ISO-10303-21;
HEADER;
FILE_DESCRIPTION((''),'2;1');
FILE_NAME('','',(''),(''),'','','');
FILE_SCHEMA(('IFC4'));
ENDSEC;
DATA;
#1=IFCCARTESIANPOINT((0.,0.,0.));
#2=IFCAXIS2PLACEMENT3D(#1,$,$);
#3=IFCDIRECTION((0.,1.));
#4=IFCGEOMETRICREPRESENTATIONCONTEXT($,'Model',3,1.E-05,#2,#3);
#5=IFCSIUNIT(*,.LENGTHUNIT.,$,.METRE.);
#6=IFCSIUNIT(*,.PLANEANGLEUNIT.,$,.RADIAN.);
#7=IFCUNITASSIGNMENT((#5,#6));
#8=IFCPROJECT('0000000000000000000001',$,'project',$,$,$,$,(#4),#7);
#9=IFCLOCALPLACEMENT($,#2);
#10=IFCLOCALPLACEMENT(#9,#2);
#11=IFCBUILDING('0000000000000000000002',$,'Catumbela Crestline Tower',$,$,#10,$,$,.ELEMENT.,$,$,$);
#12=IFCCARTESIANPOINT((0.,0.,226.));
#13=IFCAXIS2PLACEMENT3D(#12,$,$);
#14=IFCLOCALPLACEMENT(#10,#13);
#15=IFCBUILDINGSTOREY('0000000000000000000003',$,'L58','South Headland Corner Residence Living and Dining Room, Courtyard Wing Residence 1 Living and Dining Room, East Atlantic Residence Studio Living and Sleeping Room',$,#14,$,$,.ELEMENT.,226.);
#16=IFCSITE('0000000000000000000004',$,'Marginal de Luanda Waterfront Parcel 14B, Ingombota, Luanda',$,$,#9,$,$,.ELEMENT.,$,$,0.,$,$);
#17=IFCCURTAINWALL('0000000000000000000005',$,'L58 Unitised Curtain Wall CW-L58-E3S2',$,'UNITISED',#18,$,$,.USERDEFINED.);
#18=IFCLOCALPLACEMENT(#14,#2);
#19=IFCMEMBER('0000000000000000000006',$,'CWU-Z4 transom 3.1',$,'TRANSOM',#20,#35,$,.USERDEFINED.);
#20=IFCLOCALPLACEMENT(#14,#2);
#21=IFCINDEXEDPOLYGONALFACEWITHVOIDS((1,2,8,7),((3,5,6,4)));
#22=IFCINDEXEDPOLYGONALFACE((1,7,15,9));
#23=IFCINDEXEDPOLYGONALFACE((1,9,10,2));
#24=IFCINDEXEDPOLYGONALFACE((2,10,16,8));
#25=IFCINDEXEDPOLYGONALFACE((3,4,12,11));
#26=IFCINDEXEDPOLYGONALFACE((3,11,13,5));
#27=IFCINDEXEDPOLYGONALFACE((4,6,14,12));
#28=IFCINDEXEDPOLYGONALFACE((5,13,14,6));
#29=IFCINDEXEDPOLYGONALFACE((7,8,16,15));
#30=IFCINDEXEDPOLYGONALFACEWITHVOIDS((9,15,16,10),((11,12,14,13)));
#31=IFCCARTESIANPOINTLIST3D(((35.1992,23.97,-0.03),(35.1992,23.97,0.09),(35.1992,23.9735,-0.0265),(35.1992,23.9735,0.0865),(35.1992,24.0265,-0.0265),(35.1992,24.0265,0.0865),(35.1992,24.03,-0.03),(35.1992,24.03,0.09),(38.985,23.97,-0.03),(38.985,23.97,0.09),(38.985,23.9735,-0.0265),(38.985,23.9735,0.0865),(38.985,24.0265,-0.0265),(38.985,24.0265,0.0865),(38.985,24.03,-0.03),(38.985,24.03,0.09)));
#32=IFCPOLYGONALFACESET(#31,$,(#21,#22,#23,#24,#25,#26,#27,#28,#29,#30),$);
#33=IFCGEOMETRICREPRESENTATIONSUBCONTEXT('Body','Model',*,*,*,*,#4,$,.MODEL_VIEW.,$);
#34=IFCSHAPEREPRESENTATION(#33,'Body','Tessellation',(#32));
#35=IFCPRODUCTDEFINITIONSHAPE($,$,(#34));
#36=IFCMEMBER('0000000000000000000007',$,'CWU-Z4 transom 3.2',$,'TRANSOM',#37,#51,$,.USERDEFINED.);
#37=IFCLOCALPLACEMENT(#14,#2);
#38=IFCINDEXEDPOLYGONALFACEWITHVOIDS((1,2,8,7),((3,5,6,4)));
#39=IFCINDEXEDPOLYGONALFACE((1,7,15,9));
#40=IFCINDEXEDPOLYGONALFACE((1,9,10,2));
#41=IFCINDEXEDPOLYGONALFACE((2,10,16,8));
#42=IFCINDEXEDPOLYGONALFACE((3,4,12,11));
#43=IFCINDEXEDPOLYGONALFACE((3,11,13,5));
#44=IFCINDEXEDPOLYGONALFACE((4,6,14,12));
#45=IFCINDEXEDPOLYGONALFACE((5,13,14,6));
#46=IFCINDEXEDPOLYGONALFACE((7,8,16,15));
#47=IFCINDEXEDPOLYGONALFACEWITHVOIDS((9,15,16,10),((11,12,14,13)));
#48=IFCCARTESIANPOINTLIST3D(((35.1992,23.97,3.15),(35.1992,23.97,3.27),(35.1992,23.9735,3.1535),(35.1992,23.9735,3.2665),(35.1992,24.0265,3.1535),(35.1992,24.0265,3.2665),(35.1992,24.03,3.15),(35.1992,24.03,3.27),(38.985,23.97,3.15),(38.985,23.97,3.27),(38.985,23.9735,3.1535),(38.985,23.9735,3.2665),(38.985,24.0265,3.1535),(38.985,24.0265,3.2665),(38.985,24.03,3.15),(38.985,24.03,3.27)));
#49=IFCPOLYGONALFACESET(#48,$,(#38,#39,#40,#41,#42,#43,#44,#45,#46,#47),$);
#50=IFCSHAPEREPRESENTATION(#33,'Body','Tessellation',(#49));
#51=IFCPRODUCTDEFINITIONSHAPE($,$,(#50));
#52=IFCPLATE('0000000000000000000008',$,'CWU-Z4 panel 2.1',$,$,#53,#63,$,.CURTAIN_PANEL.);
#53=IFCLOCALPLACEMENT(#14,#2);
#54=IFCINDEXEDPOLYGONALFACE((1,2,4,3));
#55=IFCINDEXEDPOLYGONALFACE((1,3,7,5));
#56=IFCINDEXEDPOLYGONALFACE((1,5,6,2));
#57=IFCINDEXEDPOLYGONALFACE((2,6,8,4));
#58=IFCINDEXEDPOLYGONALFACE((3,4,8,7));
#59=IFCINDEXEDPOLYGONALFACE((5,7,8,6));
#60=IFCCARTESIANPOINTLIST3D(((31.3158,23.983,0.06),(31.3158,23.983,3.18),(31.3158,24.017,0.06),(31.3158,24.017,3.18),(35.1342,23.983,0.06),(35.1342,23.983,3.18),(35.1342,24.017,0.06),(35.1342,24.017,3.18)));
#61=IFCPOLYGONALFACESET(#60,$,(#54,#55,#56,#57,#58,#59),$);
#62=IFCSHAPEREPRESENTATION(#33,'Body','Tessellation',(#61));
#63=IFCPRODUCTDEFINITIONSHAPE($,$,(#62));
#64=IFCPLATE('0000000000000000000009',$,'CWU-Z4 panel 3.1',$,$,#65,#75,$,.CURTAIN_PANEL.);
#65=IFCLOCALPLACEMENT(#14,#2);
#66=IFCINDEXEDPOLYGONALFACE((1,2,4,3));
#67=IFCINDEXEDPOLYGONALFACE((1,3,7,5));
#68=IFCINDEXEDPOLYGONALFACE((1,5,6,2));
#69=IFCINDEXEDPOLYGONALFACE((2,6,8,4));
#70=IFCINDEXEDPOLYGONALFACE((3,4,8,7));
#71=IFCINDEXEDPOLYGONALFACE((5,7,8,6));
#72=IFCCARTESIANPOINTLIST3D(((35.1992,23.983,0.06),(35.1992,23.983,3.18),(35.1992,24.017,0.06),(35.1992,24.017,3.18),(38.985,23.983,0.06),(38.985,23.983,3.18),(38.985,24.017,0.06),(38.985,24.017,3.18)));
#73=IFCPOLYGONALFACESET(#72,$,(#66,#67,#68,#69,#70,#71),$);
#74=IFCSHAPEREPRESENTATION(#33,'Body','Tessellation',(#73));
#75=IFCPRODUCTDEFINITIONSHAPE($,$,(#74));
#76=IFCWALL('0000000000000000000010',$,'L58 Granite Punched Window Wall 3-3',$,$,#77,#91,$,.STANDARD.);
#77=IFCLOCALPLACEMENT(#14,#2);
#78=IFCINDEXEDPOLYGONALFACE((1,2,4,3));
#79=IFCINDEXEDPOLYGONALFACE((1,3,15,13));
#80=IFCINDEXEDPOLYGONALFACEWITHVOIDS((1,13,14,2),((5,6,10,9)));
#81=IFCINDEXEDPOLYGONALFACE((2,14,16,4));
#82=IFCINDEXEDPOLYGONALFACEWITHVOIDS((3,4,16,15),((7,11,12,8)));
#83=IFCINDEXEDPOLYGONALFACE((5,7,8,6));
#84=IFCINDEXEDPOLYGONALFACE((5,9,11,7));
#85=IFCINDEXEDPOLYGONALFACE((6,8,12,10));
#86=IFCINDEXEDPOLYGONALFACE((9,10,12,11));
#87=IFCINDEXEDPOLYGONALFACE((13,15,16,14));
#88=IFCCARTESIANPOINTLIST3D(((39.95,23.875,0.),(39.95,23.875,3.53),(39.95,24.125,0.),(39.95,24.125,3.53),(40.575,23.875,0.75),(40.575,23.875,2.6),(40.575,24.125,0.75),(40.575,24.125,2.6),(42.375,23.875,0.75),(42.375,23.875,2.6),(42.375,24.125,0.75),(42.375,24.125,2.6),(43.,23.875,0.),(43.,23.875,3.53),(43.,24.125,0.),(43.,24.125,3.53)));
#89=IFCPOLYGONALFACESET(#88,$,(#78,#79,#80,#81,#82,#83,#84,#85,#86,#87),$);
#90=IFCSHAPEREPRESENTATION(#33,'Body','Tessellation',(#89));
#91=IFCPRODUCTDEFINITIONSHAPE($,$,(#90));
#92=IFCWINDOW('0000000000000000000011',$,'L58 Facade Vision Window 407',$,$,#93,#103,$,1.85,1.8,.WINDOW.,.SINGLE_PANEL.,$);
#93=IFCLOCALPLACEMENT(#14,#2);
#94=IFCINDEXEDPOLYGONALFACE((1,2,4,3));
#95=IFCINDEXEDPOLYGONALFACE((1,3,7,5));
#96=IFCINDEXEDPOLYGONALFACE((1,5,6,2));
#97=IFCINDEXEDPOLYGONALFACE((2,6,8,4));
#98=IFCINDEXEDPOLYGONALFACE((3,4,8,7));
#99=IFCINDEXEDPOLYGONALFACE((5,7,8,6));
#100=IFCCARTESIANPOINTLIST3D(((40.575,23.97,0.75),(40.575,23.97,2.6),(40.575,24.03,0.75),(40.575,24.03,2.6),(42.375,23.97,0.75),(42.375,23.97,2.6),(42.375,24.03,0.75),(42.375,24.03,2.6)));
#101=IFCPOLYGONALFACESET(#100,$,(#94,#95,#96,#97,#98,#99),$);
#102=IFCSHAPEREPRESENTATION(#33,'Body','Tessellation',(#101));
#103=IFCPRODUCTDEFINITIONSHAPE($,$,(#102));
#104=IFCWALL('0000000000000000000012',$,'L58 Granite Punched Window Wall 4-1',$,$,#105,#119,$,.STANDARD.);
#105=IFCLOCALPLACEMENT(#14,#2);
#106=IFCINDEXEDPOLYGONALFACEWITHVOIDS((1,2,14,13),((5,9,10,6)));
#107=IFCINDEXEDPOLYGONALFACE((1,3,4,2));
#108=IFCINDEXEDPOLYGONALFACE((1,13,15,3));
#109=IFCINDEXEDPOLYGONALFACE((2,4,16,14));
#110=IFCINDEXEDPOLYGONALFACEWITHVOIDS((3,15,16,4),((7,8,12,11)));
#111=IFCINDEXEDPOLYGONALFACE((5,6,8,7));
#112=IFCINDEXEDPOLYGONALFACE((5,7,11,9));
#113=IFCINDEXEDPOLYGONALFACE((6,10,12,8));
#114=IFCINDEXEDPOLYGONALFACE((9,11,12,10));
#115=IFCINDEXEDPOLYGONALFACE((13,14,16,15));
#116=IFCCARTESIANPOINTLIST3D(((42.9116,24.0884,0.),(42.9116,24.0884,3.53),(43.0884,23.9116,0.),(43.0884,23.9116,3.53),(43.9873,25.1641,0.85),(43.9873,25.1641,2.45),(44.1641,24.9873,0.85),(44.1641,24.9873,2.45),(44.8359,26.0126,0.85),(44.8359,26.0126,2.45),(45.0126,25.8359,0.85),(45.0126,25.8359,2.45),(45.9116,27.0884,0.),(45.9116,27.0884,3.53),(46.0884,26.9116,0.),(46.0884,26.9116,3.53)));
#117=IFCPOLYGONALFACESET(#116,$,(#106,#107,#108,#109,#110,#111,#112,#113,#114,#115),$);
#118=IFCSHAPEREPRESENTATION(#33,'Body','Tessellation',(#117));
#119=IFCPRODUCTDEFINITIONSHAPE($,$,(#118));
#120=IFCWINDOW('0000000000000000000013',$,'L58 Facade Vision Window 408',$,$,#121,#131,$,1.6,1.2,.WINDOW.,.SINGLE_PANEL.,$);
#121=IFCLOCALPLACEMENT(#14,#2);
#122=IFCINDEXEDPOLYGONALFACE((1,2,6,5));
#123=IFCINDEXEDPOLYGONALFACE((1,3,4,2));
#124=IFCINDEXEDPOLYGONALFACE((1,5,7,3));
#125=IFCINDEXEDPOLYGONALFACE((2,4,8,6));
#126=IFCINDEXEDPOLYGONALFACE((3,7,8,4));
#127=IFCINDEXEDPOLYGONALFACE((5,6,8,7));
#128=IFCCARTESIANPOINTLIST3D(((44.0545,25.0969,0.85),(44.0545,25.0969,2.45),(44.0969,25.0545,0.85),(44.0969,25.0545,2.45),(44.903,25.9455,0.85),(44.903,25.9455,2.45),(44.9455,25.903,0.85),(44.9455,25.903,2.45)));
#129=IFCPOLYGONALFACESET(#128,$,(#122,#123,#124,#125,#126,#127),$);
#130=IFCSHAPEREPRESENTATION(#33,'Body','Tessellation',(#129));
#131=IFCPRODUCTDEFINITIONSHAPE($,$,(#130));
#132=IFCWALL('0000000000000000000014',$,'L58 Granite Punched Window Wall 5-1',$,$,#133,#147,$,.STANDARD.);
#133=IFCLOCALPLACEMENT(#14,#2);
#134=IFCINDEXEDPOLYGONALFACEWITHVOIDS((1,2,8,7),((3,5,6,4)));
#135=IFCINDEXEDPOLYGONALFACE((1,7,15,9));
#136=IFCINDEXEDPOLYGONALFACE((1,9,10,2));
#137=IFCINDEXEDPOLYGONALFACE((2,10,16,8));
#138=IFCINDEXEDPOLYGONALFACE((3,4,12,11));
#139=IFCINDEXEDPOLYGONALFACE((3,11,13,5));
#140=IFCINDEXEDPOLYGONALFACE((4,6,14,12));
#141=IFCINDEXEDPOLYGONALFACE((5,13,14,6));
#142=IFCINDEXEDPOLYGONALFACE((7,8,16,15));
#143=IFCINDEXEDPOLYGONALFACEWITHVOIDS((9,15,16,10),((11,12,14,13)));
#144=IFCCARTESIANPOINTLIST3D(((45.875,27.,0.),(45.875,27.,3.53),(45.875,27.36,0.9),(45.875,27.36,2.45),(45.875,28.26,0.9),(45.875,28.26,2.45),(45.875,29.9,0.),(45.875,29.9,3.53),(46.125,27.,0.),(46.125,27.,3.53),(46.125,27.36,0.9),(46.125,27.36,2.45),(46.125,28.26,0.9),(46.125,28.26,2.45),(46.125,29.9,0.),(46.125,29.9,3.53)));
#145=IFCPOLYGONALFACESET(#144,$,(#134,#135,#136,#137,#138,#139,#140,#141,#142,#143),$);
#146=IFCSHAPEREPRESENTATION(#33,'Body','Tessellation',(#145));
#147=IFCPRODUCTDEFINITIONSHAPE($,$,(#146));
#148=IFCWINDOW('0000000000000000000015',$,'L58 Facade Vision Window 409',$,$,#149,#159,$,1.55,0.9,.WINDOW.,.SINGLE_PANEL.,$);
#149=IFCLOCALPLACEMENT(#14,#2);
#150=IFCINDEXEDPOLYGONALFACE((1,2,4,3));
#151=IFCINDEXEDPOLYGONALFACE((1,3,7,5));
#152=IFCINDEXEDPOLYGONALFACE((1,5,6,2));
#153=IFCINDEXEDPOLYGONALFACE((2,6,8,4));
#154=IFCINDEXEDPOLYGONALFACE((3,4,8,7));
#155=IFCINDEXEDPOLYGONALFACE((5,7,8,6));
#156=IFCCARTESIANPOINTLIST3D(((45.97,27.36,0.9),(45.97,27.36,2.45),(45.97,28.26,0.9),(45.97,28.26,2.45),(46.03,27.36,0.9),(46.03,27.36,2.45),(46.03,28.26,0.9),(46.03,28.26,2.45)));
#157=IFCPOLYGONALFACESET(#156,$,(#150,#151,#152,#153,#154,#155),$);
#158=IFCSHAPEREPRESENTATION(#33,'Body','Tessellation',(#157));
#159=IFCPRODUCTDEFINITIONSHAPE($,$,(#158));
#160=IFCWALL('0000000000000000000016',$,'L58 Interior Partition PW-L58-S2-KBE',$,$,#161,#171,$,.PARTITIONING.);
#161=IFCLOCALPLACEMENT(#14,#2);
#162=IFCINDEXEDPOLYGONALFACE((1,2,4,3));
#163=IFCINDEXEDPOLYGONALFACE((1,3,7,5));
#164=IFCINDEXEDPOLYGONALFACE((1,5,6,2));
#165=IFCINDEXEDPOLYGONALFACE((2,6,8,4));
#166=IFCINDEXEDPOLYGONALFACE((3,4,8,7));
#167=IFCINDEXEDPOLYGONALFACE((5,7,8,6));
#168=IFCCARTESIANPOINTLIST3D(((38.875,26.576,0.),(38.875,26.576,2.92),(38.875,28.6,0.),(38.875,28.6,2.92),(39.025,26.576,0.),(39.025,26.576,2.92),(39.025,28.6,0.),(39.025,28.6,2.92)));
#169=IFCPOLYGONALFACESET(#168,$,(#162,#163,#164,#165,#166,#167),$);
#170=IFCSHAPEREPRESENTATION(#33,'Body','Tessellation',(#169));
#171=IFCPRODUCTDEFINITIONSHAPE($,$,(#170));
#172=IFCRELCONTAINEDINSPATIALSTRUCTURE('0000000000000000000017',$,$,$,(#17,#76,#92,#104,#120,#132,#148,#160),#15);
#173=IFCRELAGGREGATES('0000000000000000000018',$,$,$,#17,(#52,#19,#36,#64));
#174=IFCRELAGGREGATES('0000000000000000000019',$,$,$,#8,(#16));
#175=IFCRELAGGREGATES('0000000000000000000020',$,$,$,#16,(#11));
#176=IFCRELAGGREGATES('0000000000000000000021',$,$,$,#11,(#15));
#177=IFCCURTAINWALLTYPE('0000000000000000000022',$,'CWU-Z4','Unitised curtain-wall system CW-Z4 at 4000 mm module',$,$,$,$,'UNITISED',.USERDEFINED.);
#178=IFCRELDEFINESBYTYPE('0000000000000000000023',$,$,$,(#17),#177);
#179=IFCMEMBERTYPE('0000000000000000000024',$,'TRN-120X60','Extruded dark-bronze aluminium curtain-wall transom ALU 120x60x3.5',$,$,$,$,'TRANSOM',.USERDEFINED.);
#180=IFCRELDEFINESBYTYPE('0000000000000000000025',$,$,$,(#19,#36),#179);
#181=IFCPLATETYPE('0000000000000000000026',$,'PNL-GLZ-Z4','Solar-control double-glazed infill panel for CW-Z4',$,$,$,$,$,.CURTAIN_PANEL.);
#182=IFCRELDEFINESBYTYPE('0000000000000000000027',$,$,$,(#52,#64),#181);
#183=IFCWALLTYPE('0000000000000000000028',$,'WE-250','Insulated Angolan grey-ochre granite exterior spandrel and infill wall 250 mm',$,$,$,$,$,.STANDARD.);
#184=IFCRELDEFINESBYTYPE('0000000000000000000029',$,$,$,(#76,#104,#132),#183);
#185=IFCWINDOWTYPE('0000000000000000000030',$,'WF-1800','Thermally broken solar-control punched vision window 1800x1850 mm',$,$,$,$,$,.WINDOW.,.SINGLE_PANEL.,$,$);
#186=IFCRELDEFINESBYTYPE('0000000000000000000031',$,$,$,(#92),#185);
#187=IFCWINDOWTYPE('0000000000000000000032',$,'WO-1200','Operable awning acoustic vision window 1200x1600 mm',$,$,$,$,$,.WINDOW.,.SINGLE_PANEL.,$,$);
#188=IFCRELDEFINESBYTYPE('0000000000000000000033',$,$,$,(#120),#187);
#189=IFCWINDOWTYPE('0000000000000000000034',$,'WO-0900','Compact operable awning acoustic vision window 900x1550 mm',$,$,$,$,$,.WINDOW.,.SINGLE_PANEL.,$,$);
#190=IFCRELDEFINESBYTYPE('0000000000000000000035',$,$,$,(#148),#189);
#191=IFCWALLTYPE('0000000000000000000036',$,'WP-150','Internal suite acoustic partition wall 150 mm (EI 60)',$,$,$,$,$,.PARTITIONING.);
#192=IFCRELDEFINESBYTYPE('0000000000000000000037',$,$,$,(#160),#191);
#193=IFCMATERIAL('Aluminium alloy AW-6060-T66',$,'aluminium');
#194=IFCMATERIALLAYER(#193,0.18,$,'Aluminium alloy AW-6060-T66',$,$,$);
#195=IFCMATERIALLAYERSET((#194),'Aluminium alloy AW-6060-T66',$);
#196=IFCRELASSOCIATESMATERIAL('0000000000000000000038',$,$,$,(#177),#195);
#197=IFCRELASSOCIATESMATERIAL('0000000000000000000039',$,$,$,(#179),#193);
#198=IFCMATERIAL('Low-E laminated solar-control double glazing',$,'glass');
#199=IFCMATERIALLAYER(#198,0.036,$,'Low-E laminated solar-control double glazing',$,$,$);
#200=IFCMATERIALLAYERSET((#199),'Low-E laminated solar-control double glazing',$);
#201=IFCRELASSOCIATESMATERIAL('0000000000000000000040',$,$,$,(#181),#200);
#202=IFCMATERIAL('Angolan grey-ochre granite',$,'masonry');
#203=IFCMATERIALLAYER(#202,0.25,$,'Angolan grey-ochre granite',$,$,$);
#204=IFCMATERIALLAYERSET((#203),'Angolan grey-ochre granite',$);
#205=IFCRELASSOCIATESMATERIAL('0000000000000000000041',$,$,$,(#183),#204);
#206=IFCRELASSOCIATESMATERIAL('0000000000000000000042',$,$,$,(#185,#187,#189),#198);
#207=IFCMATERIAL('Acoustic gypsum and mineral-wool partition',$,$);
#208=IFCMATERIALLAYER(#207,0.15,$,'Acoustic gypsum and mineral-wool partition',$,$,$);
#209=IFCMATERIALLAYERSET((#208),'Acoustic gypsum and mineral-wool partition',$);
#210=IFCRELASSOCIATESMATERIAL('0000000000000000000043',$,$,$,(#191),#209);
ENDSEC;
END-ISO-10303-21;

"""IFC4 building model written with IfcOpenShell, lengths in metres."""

from ifc_helpers import new_model, si_unit, direction, frame, frame_2d, origin, origin_2d, place, context, subcontext, project, spatial, rectangle, hollow_rectangle, extrude, material, layer, layer_set, material_profile, profile_set, type_object, element, fill, aggregate, save


model = new_model("IFC4")

# Units and contexts
model_context = context("Model", 3, precision=1e-05, world=origin(), true_north=direction((0.0, 1.0)))
body_context = subcontext(model_context, "Body", "Model", "MODEL_VIEW")
ifc_project = project(units=[si_unit("LENGTHUNIT", "METRE"), si_unit("PLANEANGLEUNIT", "RADIAN")], contexts=[model_context])

# Site, building, storey
site_placement = place(None, origin())
site = spatial("IfcSite", under=ifc_project, at=site_placement, Name="Marginal de Luanda Waterfront Parcel 14B, Ingombota, Luanda", CompositionType="ELEMENT", RefElevation=0.0)
building_placement = place(site_placement, origin())
building = spatial("IfcBuilding", under=site, at=building_placement, Name="Catumbela Crestline Tower", CompositionType="ELEMENT")
storey_placement = place(building_placement, frame((0.0, 0.0, 226.0)))
storey = spatial("IfcBuildingStorey", under=building, at=storey_placement, Name="L58", Description="South Headland Corner Residence Living and Dining Room, Courtyard Wing Residence 1 Living and Dining Room, East Atlantic Residence Studio Living and Sleeping Room", CompositionType="ELEMENT", Elevation=226.0)

# Curtain wall, members, plates
ifc_material_1 = material(Name="Aluminium alloy AW-6060-T66", Category="aluminium")
ifc_layer_1 = layer(ifc_material_1, 0.18, Name="Aluminium alloy AW-6060-T66")
ifc_layer_set_1 = layer_set([ifc_layer_1], Name="Aluminium alloy AW-6060-T66")
curtain_wall_type = type_object("IfcCurtainWallType", Name="CWU-Z4", Description="Unitised curtain-wall system CW-Z4 at 4000 mm module", ElementType="UNITISED", PredefinedType="USERDEFINED", material=ifc_layer_set_1)
curtain_wall_placement = place(storey_placement, origin())
curtain_wall = element("IfcCurtainWall", 1, at=curtain_wall_placement, inside=storey, type_object=curtain_wall_type, Name="L58 Unitised Curtain Wall CW-L58-E3S2", ObjectType="UNITISED", PredefinedType="USERDEFINED")
ifc_material_profile_1 = material_profile(ifc_material_1, hollow_rectangle(XDim=0.06, YDim=0.12, WallThickness=0.0035, at=origin_2d()), Name="ALU 120x60x3.5")
ifc_profile_set_1 = profile_set([ifc_material_profile_1], Name="Aluminium alloy AW-6060-T66")
member_type_1 = type_object("IfcMemberType", Name="TRN-120X60", Description="Extruded dark-bronze aluminium curtain-wall transom ALU 120x60x3.5", ElementType="TRANSOM", PredefinedType="USERDEFINED", material=ifc_profile_set_1)
member_1_placement = place(storey_placement, frame((35.1992, 24.0, 0.03), z_axis=(1.0, 0.0, 0.0), x_axis=(0.0, 1.0, 0.0)))
member_1 = element("IfcMember", 2, at=member_1_placement, type_object=member_type_1, Name="CWU-Z4 transom 3.1", ObjectType="TRANSOM", PredefinedType="USERDEFINED", context=body_context, shape_type="SweptSolid", body=[
    extrude(hollow_rectangle(XDim=0.06, YDim=0.12, WallThickness=0.0035, at=origin_2d()), origin(), (0.0, 0.0, 1.0), 3.7858),
])
member_2_placement = place(storey_placement, frame((35.1992, 24.0, 3.21), z_axis=(1.0, 0.0, 0.0), x_axis=(0.0, 1.0, 0.0)))
member_2 = element("IfcMember", 3, at=member_2_placement, type_object=member_type_1, Name="CWU-Z4 transom 3.2", ObjectType="TRANSOM", PredefinedType="USERDEFINED", context=body_context, shape_type="SweptSolid", body=[
    extrude(hollow_rectangle(XDim=0.06, YDim=0.12, WallThickness=0.0035, at=origin_2d()), origin(), (0.0, 0.0, 1.0), 3.7858),
])
ifc_material_2 = material(Name="Low-E laminated solar-control double glazing", Category="glass")
ifc_layer_2 = layer(ifc_material_2, 0.036, Name="Low-E laminated solar-control double glazing")
ifc_layer_set_2 = layer_set([ifc_layer_2], Name="Low-E laminated solar-control double glazing")
plate_type = type_object("IfcPlateType", Name="PNL-GLZ-Z4", Description="Solar-control double-glazed infill panel for CW-Z4", PredefinedType="CURTAIN_PANEL", material=ifc_layer_set_2)
plate_1_placement = place(storey_placement, frame((33.225, 24.0, 0.06), z_axis=(0.0, 0.0, 1.0), x_axis=(1.0, 0.0, 0.0)))
plate_1 = element("IfcPlate", 4, at=plate_1_placement, type_object=plate_type, Name="CWU-Z4 panel 2.1", PredefinedType="CURTAIN_PANEL", context=body_context, shape_type="SweptSolid", body=[
    extrude(rectangle(XDim=3.8183, YDim=0.034, at=origin_2d()), origin(), (0.0, 0.0, 1.0), 3.12),
])
plate_2_placement = place(storey_placement, frame((37.0921, 24.0, 0.06), z_axis=(0.0, 0.0, 1.0), x_axis=(1.0, 0.0, 0.0)))
plate_2 = element("IfcPlate", 5, at=plate_2_placement, type_object=plate_type, Name="CWU-Z4 panel 3.1", PredefinedType="CURTAIN_PANEL", context=body_context, shape_type="SweptSolid", body=[
    extrude(rectangle(XDim=3.7858, YDim=0.034, at=origin_2d()), origin(), (0.0, 0.0, 1.0), 3.12),
])
aggregate(curtain_wall, [plate_1, member_1, member_2, plate_2])

# Walls, openings, windows
ifc_material_3 = material(Name="Angolan grey-ochre granite", Category="masonry")
ifc_layer_3 = layer(ifc_material_3, 0.25, Name="Angolan grey-ochre granite")
ifc_layer_set_3 = layer_set([ifc_layer_3], Name="Angolan grey-ochre granite")
wall_type_1 = type_object("IfcWallType", Name="WE-250", Description="Insulated Angolan grey-ochre granite exterior spandrel and infill wall 250 mm", PredefinedType="STANDARD", material=ifc_layer_set_3)
wall_1_placement = place(storey_placement, frame((39.95, 24.0, 0.0), z_axis=(0.0, 0.0, 1.0), x_axis=(1.0, 0.0, 0.0)))
wall_1 = element("IfcWall", 6, at=wall_1_placement, inside=storey, type_object=wall_type_1, Name="L58 Granite Punched Window Wall 3-3", PredefinedType="STANDARD", context=body_context, shape_type="SweptSolid", body=[
    extrude(rectangle(XDim=3.05, YDim=0.25, at=frame_2d((1.525, 0.0))), origin(), (0.0, 0.0, 1.0), 3.53),
])
opening_1_placement = place(wall_1_placement, frame((0.625, 0.0, 0.75)))
opening_1 = element("IfcOpeningElement", 7, at=opening_1_placement, cuts=wall_1, PredefinedType="OPENING", context=body_context, shape_type="SweptSolid", body=[
    extrude(rectangle(XDim=1.8, YDim=1.85, at=frame_2d((0.9, 0.925))), frame((0.0, 0.135, 0.0), z_axis=(0.0, -1.0, 0.0), x_axis=(1.0, 0.0, 0.0)), (0.0, 0.0, 1.0), 0.27),
])
window_type_1 = type_object("IfcWindowType", Name="WF-1800", Description="Thermally broken solar-control punched vision window 1800x1850 mm", PartitioningType="SINGLE_PANEL", PredefinedType="WINDOW", material=ifc_material_2)
window_1_placement = place(opening_1_placement, origin())
window_1 = element("IfcWindow", 8, at=window_1_placement, inside=storey, type_object=window_type_1, Name="L58 Facade Vision Window 407", OverallHeight=1.85, OverallWidth=1.8, PartitioningType="SINGLE_PANEL", PredefinedType="WINDOW", context=body_context, shape_type="SweptSolid", body=[
    extrude(rectangle(XDim=1.8, YDim=1.85, at=frame_2d((0.9, 0.925))), frame((0.0, 0.03, 0.0), z_axis=(0.0, -1.0, 0.0), x_axis=(1.0, 0.0, 0.0)), (0.0, 0.0, 1.0), 0.06),
])
fill(opening_1, window_1)
wall_2_placement = place(storey_placement, frame((43.0, 24.0, 0.0), z_axis=(0.0, 0.0, 1.0), x_axis=(0.707107, 0.707107, 0.0)))
wall_2 = element("IfcWall", 9, at=wall_2_placement, inside=storey, type_object=wall_type_1, Name="L58 Granite Punched Window Wall 4-1", PredefinedType="STANDARD", context=body_context, shape_type="SweptSolid", body=[
    extrude(rectangle(XDim=4.2426, YDim=0.25, at=frame_2d((2.1213, 0.0))), origin(), (0.0, 0.0, 1.0), 3.53),
])
opening_2_placement = place(wall_2_placement, frame((1.5213, 0.0, 0.85)))
opening_2 = element("IfcOpeningElement", 10, at=opening_2_placement, cuts=wall_2, PredefinedType="OPENING", context=body_context, shape_type="SweptSolid", body=[
    extrude(rectangle(XDim=1.2, YDim=1.6, at=frame_2d((0.6, 0.8))), frame((0.0, 0.135, 0.0), z_axis=(0.0, -1.0, 0.0), x_axis=(1.0, 0.0, 0.0)), (0.0, 0.0, 1.0), 0.27),
])
window_type_2 = type_object("IfcWindowType", Name="WO-1200", Description="Operable awning acoustic vision window 1200x1600 mm", PartitioningType="SINGLE_PANEL", PredefinedType="WINDOW", material=ifc_material_2)
window_2_placement = place(opening_2_placement, origin())
window_2 = element("IfcWindow", 11, at=window_2_placement, inside=storey, type_object=window_type_2, Name="L58 Facade Vision Window 408", OverallHeight=1.6, OverallWidth=1.2, PartitioningType="SINGLE_PANEL", PredefinedType="WINDOW", context=body_context, shape_type="SweptSolid", body=[
    extrude(rectangle(XDim=1.2, YDim=1.6, at=frame_2d((0.6, 0.8))), frame((0.0, 0.03, 0.0), z_axis=(0.0, -1.0, 0.0), x_axis=(1.0, 0.0, 0.0)), (0.0, 0.0, 1.0), 0.06),
])
fill(opening_2, window_2)
wall_3_placement = place(storey_placement, frame((46.0, 27.0, 0.0), z_axis=(0.0, 0.0, 1.0), x_axis=(0.0, 1.0, 0.0)))
wall_3 = element("IfcWall", 12, at=wall_3_placement, inside=storey, type_object=wall_type_1, Name="L58 Granite Punched Window Wall 5-1", PredefinedType="STANDARD", context=body_context, shape_type="SweptSolid", body=[
    extrude(rectangle(XDim=2.9, YDim=0.25, at=frame_2d((1.45, 0.0))), origin(), (0.0, 0.0, 1.0), 3.53),
])
opening_3_placement = place(wall_3_placement, frame((0.36, 0.0, 0.9)))
opening_3 = element("IfcOpeningElement", 13, at=opening_3_placement, cuts=wall_3, PredefinedType="OPENING", context=body_context, shape_type="SweptSolid", body=[
    extrude(rectangle(XDim=0.9, YDim=1.55, at=frame_2d((0.45, 0.775))), frame((0.0, 0.135, 0.0), z_axis=(0.0, -1.0, 0.0), x_axis=(1.0, 0.0, 0.0)), (0.0, 0.0, 1.0), 0.27),
])
window_type_3 = type_object("IfcWindowType", Name="WO-0900", Description="Compact operable awning acoustic vision window 900x1550 mm", PartitioningType="SINGLE_PANEL", PredefinedType="WINDOW", material=ifc_material_2)
window_3_placement = place(opening_3_placement, origin())
window_3 = element("IfcWindow", 14, at=window_3_placement, inside=storey, type_object=window_type_3, Name="L58 Facade Vision Window 409", OverallHeight=1.55, OverallWidth=0.9, PartitioningType="SINGLE_PANEL", PredefinedType="WINDOW", context=body_context, shape_type="SweptSolid", body=[
    extrude(rectangle(XDim=0.9, YDim=1.55, at=frame_2d((0.45, 0.775))), frame((0.0, 0.03, 0.0), z_axis=(0.0, -1.0, 0.0), x_axis=(1.0, 0.0, 0.0)), (0.0, 0.0, 1.0), 0.06),
])
fill(opening_3, window_3)

# Wall
ifc_material_4 = material(Name="Acoustic gypsum and mineral-wool partition")
ifc_layer_4 = layer(ifc_material_4, 0.15, Name="Acoustic gypsum and mineral-wool partition")
ifc_layer_set_4 = layer_set([ifc_layer_4], Name="Acoustic gypsum and mineral-wool partition")
wall_type_2 = type_object("IfcWallType", Name="WP-150", Description="Internal suite acoustic partition wall 150 mm (EI 60)", PredefinedType="PARTITIONING", material=ifc_layer_set_4)
wall_4_placement = place(storey_placement, frame((38.95, 26.576, 0.0), z_axis=(0.0, 0.0, 1.0), x_axis=(0.0, 1.0, 0.0)))
element("IfcWall", 15, at=wall_4_placement, inside=storey, type_object=wall_type_2, Name="L58 Interior Partition PW-L58-S2-KBE", PredefinedType="PARTITIONING", context=body_context, shape_type="SweptSolid", body=[
    extrude(rectangle(XDim=2.024, YDim=0.15, at=frame_2d((1.012, 0.0))), origin(), (0.0, 0.0, 1.0), 2.92),
])

save(model, "model.ifc")
